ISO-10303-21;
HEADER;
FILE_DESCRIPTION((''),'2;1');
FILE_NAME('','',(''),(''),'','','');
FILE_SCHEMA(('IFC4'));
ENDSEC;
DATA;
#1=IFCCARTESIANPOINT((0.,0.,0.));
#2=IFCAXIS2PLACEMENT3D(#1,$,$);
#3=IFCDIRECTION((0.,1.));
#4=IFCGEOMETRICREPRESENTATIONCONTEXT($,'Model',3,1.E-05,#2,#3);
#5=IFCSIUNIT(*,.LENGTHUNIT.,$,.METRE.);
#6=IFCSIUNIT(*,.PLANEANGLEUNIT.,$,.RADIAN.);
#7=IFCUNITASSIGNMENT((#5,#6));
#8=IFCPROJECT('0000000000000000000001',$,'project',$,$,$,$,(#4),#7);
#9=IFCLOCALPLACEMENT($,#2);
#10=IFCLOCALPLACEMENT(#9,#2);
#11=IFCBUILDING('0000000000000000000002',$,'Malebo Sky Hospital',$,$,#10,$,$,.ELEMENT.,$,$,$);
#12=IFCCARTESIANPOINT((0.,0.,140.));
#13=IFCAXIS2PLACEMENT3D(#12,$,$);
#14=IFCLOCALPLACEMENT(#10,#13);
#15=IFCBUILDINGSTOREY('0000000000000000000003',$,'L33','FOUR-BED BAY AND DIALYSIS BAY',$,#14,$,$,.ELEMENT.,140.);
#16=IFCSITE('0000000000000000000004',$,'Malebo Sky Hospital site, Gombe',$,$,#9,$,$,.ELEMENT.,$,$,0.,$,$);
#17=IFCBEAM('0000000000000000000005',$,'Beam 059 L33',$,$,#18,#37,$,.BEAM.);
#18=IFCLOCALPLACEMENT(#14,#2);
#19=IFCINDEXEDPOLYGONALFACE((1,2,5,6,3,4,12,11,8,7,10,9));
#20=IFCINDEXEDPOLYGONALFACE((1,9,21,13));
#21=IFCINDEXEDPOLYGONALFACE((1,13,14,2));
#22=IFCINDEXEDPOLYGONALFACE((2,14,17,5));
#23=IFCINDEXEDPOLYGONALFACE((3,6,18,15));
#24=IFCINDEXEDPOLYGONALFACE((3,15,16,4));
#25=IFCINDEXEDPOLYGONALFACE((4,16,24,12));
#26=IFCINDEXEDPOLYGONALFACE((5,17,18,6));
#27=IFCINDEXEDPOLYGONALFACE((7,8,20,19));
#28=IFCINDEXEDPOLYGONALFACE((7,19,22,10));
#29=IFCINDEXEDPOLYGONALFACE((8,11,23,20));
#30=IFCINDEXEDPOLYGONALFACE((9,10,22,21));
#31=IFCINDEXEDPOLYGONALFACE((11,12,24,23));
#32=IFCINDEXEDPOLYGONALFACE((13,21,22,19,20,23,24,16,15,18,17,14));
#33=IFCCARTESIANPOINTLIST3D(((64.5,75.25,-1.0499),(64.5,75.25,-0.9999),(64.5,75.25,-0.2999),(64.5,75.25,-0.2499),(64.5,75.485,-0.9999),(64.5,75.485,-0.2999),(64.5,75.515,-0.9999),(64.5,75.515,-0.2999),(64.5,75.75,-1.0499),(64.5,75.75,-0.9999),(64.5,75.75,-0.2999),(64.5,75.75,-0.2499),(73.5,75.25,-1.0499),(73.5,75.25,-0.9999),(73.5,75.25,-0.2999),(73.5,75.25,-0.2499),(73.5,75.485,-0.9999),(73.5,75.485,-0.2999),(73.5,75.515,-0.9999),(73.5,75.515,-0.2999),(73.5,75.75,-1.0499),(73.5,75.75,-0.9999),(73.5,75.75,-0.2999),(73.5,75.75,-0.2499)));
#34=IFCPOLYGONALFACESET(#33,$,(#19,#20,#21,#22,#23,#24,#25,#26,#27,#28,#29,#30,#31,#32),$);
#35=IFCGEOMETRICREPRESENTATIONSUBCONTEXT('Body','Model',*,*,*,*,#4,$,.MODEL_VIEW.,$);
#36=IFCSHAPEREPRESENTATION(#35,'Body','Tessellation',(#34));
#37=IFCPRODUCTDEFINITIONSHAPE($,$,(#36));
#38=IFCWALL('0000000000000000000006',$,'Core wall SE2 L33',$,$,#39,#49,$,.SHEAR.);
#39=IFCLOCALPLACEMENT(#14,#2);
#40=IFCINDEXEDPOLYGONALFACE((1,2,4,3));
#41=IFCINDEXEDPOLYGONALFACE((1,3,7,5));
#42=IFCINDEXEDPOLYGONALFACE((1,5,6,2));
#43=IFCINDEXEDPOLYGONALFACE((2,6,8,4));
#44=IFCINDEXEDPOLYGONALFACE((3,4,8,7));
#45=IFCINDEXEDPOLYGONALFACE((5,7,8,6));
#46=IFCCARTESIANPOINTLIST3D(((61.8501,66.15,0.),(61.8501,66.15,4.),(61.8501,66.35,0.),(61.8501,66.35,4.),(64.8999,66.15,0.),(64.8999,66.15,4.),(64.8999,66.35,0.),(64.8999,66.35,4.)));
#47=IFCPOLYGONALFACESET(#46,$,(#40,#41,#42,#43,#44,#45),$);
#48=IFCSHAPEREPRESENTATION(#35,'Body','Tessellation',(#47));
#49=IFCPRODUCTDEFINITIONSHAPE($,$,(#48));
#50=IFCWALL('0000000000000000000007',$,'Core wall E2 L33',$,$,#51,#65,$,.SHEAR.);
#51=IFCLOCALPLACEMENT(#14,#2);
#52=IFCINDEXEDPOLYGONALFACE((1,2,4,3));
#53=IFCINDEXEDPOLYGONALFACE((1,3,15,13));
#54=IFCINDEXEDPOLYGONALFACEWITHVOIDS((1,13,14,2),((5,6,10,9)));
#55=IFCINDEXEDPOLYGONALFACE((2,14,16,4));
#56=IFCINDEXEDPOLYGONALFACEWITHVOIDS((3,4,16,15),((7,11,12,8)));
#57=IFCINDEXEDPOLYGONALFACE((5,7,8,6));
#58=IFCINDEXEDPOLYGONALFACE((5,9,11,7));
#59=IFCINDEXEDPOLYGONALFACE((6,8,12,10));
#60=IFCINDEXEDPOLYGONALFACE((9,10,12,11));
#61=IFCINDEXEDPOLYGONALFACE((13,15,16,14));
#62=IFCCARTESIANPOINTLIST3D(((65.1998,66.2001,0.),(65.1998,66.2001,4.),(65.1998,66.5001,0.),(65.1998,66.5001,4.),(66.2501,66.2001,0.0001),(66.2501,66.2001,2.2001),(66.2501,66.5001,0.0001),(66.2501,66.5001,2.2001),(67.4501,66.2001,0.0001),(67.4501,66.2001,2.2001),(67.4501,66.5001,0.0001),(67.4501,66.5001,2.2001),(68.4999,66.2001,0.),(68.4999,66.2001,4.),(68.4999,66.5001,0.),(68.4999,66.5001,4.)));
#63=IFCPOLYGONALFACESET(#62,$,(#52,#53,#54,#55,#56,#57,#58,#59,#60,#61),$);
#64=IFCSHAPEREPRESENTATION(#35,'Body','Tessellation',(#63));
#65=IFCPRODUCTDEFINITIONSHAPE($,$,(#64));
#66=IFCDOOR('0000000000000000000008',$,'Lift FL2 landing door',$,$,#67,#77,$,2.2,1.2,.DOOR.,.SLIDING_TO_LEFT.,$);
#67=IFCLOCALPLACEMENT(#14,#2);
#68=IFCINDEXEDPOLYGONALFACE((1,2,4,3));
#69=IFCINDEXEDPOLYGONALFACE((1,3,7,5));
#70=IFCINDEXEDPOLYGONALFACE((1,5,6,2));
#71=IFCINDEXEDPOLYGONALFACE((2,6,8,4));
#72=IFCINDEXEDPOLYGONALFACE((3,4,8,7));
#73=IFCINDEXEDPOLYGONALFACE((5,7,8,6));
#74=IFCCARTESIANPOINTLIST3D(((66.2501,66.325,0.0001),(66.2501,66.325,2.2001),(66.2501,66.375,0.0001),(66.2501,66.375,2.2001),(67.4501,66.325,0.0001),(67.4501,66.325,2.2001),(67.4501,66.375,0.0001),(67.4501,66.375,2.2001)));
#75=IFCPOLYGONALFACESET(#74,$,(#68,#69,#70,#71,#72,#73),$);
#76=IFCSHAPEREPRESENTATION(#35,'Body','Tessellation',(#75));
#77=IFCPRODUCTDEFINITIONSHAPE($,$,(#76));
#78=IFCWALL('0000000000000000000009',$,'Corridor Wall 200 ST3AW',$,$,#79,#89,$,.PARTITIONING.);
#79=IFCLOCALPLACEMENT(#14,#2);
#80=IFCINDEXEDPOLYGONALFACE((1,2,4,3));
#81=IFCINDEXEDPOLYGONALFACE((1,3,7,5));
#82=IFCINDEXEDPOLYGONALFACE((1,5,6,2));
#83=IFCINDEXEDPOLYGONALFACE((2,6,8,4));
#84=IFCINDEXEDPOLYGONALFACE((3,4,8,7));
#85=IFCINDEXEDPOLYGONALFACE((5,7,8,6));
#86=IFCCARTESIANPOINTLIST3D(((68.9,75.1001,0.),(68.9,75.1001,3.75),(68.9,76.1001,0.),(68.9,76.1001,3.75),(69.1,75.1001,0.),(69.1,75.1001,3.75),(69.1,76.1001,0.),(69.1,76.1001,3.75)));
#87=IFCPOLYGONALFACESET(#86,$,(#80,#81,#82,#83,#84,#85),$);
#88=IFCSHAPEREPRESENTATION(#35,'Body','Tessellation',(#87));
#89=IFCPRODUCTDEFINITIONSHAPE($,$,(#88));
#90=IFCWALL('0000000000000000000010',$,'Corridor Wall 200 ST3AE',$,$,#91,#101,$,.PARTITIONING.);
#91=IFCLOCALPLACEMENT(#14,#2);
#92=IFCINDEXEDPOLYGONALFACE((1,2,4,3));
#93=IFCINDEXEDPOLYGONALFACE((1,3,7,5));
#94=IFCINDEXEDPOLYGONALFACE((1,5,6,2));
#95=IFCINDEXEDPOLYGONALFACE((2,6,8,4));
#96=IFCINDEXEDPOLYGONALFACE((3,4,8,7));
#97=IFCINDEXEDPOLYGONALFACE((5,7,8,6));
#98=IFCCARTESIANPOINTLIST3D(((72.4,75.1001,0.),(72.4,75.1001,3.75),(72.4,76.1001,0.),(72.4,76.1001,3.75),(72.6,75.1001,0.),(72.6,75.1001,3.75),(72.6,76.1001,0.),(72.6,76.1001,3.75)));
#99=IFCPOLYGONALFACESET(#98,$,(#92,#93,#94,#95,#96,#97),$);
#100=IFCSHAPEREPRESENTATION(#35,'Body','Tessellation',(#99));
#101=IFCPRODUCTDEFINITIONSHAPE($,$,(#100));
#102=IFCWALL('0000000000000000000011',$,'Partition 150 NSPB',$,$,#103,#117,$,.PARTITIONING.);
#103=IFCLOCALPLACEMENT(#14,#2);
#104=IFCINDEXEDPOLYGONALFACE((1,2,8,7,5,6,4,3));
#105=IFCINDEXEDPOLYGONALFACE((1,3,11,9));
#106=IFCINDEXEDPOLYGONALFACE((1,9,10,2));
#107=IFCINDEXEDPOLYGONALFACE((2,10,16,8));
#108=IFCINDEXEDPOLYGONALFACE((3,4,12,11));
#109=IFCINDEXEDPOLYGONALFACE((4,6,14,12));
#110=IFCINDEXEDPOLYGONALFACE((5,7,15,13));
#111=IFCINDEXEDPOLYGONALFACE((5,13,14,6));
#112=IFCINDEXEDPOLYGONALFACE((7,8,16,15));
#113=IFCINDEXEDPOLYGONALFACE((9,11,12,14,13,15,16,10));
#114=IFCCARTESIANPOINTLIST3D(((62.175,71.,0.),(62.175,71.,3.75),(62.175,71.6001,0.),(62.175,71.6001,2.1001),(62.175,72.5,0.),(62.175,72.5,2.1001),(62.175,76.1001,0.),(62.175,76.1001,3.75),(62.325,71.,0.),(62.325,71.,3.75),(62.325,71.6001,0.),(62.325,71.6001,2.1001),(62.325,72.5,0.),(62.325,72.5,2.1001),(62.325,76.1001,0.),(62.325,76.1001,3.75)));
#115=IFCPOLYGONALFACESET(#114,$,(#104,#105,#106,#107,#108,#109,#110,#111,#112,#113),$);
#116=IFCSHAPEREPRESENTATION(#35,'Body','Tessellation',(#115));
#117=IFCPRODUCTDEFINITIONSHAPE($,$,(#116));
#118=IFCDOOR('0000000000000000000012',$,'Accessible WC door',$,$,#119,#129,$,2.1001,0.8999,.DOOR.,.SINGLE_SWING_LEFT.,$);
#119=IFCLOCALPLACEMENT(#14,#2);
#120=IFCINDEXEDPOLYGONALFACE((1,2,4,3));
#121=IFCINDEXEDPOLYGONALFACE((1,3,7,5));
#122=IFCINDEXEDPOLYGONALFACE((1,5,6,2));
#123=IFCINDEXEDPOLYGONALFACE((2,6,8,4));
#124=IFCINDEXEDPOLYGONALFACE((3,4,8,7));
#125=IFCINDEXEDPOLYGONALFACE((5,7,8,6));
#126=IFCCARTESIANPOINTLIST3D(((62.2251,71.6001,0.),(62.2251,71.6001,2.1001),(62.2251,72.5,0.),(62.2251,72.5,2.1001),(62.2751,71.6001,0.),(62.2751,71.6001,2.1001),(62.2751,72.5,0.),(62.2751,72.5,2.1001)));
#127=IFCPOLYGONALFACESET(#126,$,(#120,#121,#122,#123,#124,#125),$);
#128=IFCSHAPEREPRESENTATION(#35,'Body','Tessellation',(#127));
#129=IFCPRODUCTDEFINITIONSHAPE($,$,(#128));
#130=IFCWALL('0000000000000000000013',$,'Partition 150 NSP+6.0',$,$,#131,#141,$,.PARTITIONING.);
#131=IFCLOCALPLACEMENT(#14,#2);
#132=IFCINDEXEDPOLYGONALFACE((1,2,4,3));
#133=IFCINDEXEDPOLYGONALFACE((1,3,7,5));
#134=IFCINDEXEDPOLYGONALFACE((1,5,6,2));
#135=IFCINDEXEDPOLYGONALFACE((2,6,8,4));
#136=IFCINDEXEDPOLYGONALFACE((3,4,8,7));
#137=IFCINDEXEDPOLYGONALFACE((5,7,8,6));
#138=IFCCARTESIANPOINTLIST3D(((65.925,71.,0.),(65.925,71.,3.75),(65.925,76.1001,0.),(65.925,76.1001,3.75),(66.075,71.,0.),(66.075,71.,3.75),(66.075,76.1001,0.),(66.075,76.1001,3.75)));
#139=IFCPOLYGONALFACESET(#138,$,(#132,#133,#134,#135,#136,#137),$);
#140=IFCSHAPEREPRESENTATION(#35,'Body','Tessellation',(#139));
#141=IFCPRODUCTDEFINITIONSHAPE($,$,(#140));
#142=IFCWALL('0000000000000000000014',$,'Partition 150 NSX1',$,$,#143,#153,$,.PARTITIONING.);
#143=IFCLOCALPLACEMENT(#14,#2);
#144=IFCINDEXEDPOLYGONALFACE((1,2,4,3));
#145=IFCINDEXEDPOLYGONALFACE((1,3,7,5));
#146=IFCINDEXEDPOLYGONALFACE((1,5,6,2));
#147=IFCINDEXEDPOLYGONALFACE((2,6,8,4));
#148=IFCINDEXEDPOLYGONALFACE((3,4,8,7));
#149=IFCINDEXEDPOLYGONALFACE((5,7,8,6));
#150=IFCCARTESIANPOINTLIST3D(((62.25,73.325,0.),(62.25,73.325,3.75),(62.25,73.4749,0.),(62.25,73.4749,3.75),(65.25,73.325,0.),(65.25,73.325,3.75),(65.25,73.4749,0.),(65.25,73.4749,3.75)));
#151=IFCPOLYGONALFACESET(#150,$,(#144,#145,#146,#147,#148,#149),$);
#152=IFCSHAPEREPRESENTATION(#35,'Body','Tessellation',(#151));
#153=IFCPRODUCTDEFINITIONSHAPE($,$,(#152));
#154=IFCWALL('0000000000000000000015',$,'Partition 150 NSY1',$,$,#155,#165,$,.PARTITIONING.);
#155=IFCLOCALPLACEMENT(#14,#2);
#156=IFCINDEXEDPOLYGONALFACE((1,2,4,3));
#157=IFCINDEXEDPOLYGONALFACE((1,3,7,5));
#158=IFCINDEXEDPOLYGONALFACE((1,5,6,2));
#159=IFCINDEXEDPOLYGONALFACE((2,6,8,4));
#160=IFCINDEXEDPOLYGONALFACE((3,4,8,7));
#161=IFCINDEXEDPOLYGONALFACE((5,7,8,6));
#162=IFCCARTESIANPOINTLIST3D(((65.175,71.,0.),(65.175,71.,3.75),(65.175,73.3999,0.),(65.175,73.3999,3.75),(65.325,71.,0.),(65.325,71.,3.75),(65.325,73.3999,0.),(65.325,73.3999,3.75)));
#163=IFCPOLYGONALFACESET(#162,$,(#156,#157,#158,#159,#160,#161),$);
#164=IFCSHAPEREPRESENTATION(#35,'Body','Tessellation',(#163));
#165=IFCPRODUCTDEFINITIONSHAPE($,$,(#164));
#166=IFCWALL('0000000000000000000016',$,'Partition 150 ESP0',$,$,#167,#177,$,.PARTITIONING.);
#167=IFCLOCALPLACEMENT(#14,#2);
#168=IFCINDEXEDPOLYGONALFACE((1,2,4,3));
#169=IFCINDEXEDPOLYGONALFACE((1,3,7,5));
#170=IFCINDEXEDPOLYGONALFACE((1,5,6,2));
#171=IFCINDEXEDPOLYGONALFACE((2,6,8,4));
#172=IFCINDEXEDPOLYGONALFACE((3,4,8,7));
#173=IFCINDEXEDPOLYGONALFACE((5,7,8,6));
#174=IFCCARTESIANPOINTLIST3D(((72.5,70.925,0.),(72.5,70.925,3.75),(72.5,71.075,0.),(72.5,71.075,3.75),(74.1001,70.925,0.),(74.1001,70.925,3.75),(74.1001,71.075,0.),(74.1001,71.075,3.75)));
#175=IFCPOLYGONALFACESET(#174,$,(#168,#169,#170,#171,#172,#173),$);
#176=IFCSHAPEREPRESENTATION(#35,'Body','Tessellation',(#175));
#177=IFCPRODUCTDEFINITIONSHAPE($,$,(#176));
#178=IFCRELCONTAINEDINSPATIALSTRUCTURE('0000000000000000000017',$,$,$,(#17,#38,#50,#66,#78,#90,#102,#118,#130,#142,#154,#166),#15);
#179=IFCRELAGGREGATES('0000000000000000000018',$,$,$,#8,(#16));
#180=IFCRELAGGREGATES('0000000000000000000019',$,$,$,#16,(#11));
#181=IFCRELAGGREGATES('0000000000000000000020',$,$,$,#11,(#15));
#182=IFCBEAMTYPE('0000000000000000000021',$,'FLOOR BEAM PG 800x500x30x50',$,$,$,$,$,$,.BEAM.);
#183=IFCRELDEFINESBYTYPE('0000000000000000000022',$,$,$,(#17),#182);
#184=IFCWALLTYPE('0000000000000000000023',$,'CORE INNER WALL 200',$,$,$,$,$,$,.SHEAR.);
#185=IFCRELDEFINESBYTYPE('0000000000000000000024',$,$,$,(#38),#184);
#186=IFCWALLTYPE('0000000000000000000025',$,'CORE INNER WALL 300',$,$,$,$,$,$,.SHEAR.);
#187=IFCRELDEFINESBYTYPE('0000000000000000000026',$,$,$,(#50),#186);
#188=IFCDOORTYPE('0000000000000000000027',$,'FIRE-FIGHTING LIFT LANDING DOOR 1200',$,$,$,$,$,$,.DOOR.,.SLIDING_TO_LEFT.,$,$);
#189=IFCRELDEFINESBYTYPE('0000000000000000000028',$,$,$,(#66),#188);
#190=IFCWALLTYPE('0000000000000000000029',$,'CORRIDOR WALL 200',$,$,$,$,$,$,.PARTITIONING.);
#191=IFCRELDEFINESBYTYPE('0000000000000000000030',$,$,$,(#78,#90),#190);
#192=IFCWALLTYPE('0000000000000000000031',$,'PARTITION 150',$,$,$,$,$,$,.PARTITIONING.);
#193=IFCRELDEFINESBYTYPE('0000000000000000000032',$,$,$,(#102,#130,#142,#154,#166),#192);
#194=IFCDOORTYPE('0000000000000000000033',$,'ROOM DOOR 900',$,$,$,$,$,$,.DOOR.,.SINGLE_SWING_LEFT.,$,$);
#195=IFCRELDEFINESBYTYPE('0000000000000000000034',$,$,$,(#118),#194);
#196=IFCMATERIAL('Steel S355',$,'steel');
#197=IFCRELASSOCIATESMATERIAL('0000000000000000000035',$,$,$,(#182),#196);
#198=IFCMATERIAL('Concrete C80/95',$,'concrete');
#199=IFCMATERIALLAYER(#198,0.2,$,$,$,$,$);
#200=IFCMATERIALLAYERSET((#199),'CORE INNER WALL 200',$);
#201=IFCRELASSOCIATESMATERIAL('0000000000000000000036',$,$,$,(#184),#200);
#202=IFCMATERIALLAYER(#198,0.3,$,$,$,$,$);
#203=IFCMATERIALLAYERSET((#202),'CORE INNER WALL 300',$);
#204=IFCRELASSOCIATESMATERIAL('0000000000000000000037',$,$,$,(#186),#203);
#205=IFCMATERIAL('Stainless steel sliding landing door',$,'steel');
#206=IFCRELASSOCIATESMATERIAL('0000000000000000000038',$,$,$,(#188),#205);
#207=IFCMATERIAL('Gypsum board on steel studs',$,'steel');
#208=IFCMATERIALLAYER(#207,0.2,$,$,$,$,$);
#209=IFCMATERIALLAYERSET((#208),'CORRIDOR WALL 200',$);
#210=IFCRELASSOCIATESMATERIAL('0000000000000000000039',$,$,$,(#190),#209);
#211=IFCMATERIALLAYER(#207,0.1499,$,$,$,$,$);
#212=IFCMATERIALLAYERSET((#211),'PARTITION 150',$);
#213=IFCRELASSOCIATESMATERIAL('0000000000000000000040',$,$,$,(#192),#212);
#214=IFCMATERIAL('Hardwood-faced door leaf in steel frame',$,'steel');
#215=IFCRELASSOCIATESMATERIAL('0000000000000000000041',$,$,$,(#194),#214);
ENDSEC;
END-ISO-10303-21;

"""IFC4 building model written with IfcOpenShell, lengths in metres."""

from ifc_helpers import new_model, si_unit, direction, frame, frame_2d, origin, origin_2d, place, context, subcontext, project, spatial, rectangle, i_section, extrude, material, layer, layer_set, material_profile, profile_set, type_object, element, fill, save


model = new_model("IFC4")

# Units and contexts
model_context = context("Model", 3, precision=1e-05, world=origin(), true_north=direction((0.0, 1.0)))
body_context = subcontext(model_context, "Body", "Model", "MODEL_VIEW")
ifc_project = project(units=[si_unit("LENGTHUNIT", "METRE"), si_unit("PLANEANGLEUNIT", "RADIAN")], contexts=[model_context])

# Site, building, storey
site_placement = place(None, origin())
site = spatial("IfcSite", under=ifc_project, at=site_placement, Name="Malebo Sky Hospital site, Gombe", CompositionType="ELEMENT", RefElevation=0.0)
building_placement = place(site_placement, origin())
building = spatial("IfcBuilding", under=site, at=building_placement, Name="Malebo Sky Hospital", CompositionType="ELEMENT")
storey_placement = place(building_placement, frame((0.0, 0.0, 140.0)))
storey = spatial("IfcBuildingStorey", under=building, at=storey_placement, Name="L33", Description="FOUR-BED BAY AND DIALYSIS BAY", CompositionType="ELEMENT", Elevation=140.0)

# Beam
ifc_material_1 = material(Name="Steel S355", Category="steel")
ifc_material_profile_1 = material_profile(ifc_material_1, i_section(OverallWidth=0.5, OverallDepth=0.8, WebThickness=0.03, FlangeThickness=0.05, at=origin_2d()), Name="PG 800x500x30x50")
ifc_profile_set_1 = profile_set([ifc_material_profile_1], Name="Steel S355")
beam_type = type_object("IfcBeamType", Name="FLOOR BEAM PG 800x500x30x50", PredefinedType="BEAM", material=ifc_profile_set_1)
beam_1_placement = place(storey_placement, frame((64.5, 75.5, -0.6499), z_axis=(1.0, 0.0, 0.0), x_axis=(0.0, 1.0, 0.0)))
element("IfcBeam", 1, at=beam_1_placement, inside=storey, type_object=beam_type, Name="Beam 059 L33", PredefinedType="BEAM", context=body_context, shape_type="SweptSolid", body=[
    extrude(i_section(OverallWidth=0.5, OverallDepth=0.8, WebThickness=0.03, FlangeThickness=0.05, at=origin_2d()), origin(), (0.0, 0.0, 1.0), 9.0),
])

# Wall
ifc_material_2 = material(Name="Concrete C80/95", Category="concrete")
ifc_layer_1 = layer(ifc_material_2, 0.2)
ifc_layer_set_1 = layer_set([ifc_layer_1], Name="CORE INNER WALL 200")
wall_type_1 = type_object("IfcWallType", Name="CORE INNER WALL 200", PredefinedType="SHEAR", material=ifc_layer_set_1)
wall_1_placement = place(storey_placement, frame((61.8501, 66.25, 0.0), z_axis=(0.0, 0.0, 1.0), x_axis=(1.0, 0.0, 0.0)))
element("IfcWall", 2, at=wall_1_placement, inside=storey, type_object=wall_type_1, Name="Core wall SE2 L33", PredefinedType="SHEAR", context=body_context, shape_type="SweptSolid", body=[
    extrude(rectangle(XDim=3.0498, YDim=0.2, at=frame_2d((1.5249, 0.0))), origin(), (0.0, 0.0, 1.0), 4.0),
])

# Wall, opening, door
ifc_layer_2 = layer(ifc_material_2, 0.3)
ifc_layer_set_2 = layer_set([ifc_layer_2], Name="CORE INNER WALL 300")
wall_type_2 = type_object("IfcWallType", Name="CORE INNER WALL 300", PredefinedType="SHEAR", material=ifc_layer_set_2)
wall_2_placement = place(storey_placement, frame((65.2, 66.3501, 0.0), z_axis=(0.0, 0.0, 1.0), x_axis=(1.0, 0.0, 0.0)))
wall_2 = element("IfcWall", 3, at=wall_2_placement, inside=storey, type_object=wall_type_2, Name="Core wall E2 L33", PredefinedType="SHEAR", context=body_context, shape_type="SweptSolid", body=[
    extrude(rectangle(XDim=3.3, YDim=0.3, at=frame_2d((1.6499, 0.0))), origin(), (0.0, 0.0, 1.0), 4.0),
])
opening_1_placement = place(wall_2_placement, frame((1.05, 0.0, 0.0)))
opening_1 = element("IfcOpeningElement", 4, at=opening_1_placement, cuts=wall_2, PredefinedType="OPENING", context=body_context, shape_type="SweptSolid", body=[
    extrude(rectangle(XDim=1.2, YDim=2.2, at=frame_2d((0.6001, 1.1001))), frame((0.0, 0.1599, 0.0), z_axis=(0.0, -1.0, 0.0), x_axis=(1.0, 0.0, 0.0)), (0.0, 0.0, 1.0), 0.3201),
])
ifc_material_3 = material(Name="Stainless steel sliding landing door", Category="steel")
door_type_1 = type_object("IfcDoorType", Name="FIRE-FIGHTING LIFT LANDING DOOR 1200", OperationType="SLIDING_TO_LEFT", PredefinedType="DOOR", material=ifc_material_3)
door_1_placement = place(opening_1_placement, origin())
door_1 = element("IfcDoor", 5, at=door_1_placement, inside=storey, type_object=door_type_1, Name="Lift FL2 landing door", OperationType="SLIDING_TO_LEFT", OverallHeight=2.2, OverallWidth=1.2, PredefinedType="DOOR", context=body_context, shape_type="SweptSolid", body=[
    extrude(rectangle(XDim=1.2, YDim=2.2, at=frame_2d((0.6001, 1.1001))), frame((0.0, 0.0249, 0.0), z_axis=(0.0, -1.0, 0.0), x_axis=(1.0, 0.0, 0.0)), (0.0, 0.0, 1.0), 0.05),
])
fill(opening_1, door_1)

# Walls
ifc_material_4 = material(Name="Gypsum board on steel studs", Category="steel")
ifc_layer_3 = layer(ifc_material_4, 0.2)
ifc_layer_set_3 = layer_set([ifc_layer_3], Name="CORRIDOR WALL 200")
wall_type_3 = type_object("IfcWallType", Name="CORRIDOR WALL 200", PredefinedType="PARTITIONING", material=ifc_layer_set_3)
for number, where, z_axis, x_axis, name in (
    (6, (69.0, 75.1001, 0.0), (0.0, 0.0, 1.0), (0.0, 1.0, 0.0), "Corridor Wall 200 ST3AW"),
    (7, (72.5, 75.1001, 0.0), (0.0, 0.0, 1.0), (0.0, 1.0, 0.0), "Corridor Wall 200 ST3AE"),
):
    element("IfcWall", number, at=place(storey_placement, frame(where, z_axis=z_axis, x_axis=x_axis)), inside=storey, type_object=wall_type_3, Name=name, PredefinedType="PARTITIONING", context=body_context, shape_type="SweptSolid", body=[
        extrude(rectangle(XDim=1.0, YDim=0.2, at=frame_2d((0.5, 0.0))), origin(), (0.0, 0.0, 1.0), 3.75),
    ])

# Wall, opening, door
ifc_layer_4 = layer(ifc_material_4, 0.1499)
ifc_layer_set_4 = layer_set([ifc_layer_4], Name="PARTITION 150")
wall_type_4 = type_object("IfcWallType", Name="PARTITION 150", PredefinedType="PARTITIONING", material=ifc_layer_set_4)
wall_3_placement = place(storey_placement, frame((62.25, 71.0, 0.0), z_axis=(0.0, 0.0, 1.0), x_axis=(0.0, 1.0, 0.0)))
wall_3 = element("IfcWall", 8, at=wall_3_placement, inside=storey, type_object=wall_type_4, Name="Partition 150 NSPB", PredefinedType="PARTITIONING", context=body_context, shape_type="SweptSolid", body=[
    extrude(rectangle(XDim=5.1001, YDim=0.1499, at=frame_2d((2.55, 0.0))), origin(), (0.0, 0.0, 1.0), 3.75),
])
opening_2_placement = place(wall_3_placement, frame((0.6001, 0.0, 0.0)))
opening_2 = element("IfcOpeningElement", 9, at=opening_2_placement, cuts=wall_3, PredefinedType="OPENING", context=body_context, shape_type="SweptSolid", body=[
    extrude(rectangle(XDim=0.8999, YDim=2.1001, at=frame_2d((0.45, 1.05))), frame((0.0, 0.085, 0.0), z_axis=(0.0, -1.0, 0.0), x_axis=(1.0, 0.0, 0.0)), (0.0, 0.0, 1.0), 0.1699),
])
ifc_material_5 = material(Name="Hardwood-faced door leaf in steel frame", Category="steel")
door_type_2 = type_object("IfcDoorType", Name="ROOM DOOR 900", OperationType="SINGLE_SWING_LEFT", PredefinedType="DOOR", material=ifc_material_5)
door_2_placement = place(opening_2_placement, origin())
door_2 = element("IfcDoor", 10, at=door_2_placement, inside=storey, type_object=door_type_2, Name="Accessible WC door", OperationType="SINGLE_SWING_LEFT", OverallHeight=2.1001, OverallWidth=0.8999, PredefinedType="DOOR", context=body_context, shape_type="SweptSolid", body=[
    extrude(rectangle(XDim=0.8999, YDim=2.1001, at=frame_2d((0.45, 1.05))), frame((0.0, 0.0249, 0.0), z_axis=(0.0, -1.0, 0.0), x_axis=(1.0, 0.0, 0.0)), (0.0, 0.0, 1.0), 0.05),
])
fill(opening_2, door_2)

# Walls
wall_4_placement = place(storey_placement, frame((66.0, 71.0, 0.0), z_axis=(0.0, 0.0, 1.0), x_axis=(0.0, 1.0, 0.0)))
element("IfcWall", 11, at=wall_4_placement, inside=storey, type_object=wall_type_4, Name="Partition 150 NSP+6.0", PredefinedType="PARTITIONING", context=body_context, shape_type="SweptSolid", body=[
    extrude(rectangle(XDim=5.1001, YDim=0.1499, at=frame_2d((2.55, 0.0))), origin(), (0.0, 0.0, 1.0), 3.75),
])
wall_5_placement = place(storey_placement, frame((62.25, 73.3999, 0.0), z_axis=(0.0, 0.0, 1.0), x_axis=(1.0, 0.0, 0.0)))
element("IfcWall", 12, at=wall_5_placement, inside=storey, type_object=wall_type_4, Name="Partition 150 NSX1", PredefinedType="PARTITIONING", context=body_context, shape_type="SweptSolid", body=[
    extrude(rectangle(XDim=3.0, YDim=0.1499, at=frame_2d((1.5, 0.0))), origin(), (0.0, 0.0, 1.0), 3.75),
])
wall_6_placement = place(storey_placement, frame((65.25, 71.0, 0.0), z_axis=(0.0, 0.0, 1.0), x_axis=(0.0, 1.0, 0.0)))
element("IfcWall", 13, at=wall_6_placement, inside=storey, type_object=wall_type_4, Name="Partition 150 NSY1", PredefinedType="PARTITIONING", context=body_context, shape_type="SweptSolid", body=[
    extrude(rectangle(XDim=2.3999, YDim=0.1499, at=frame_2d((1.2, 0.0))), origin(), (0.0, 0.0, 1.0), 3.75),
])
for number, where, z_axis, x_axis, name in (
    (14, (72.5, 71.0, 0.0), (0.0, 0.0, 1.0), (1.0, 0.0, 0.0), "Partition 150 ESP0"),
):
    element("IfcWall", number, at=place(storey_placement, frame(where, z_axis=z_axis, x_axis=x_axis)), inside=storey, type_object=wall_type_4, Name=name, PredefinedType="PARTITIONING", context=body_context, shape_type="SweptSolid", body=[
        extrude(rectangle(XDim=1.6001, YDim=0.1499, at=frame_2d((0.8, 0.0))), origin(), (0.0, 0.0, 1.0), 3.75),
    ])

save(model, "model.ifc")
